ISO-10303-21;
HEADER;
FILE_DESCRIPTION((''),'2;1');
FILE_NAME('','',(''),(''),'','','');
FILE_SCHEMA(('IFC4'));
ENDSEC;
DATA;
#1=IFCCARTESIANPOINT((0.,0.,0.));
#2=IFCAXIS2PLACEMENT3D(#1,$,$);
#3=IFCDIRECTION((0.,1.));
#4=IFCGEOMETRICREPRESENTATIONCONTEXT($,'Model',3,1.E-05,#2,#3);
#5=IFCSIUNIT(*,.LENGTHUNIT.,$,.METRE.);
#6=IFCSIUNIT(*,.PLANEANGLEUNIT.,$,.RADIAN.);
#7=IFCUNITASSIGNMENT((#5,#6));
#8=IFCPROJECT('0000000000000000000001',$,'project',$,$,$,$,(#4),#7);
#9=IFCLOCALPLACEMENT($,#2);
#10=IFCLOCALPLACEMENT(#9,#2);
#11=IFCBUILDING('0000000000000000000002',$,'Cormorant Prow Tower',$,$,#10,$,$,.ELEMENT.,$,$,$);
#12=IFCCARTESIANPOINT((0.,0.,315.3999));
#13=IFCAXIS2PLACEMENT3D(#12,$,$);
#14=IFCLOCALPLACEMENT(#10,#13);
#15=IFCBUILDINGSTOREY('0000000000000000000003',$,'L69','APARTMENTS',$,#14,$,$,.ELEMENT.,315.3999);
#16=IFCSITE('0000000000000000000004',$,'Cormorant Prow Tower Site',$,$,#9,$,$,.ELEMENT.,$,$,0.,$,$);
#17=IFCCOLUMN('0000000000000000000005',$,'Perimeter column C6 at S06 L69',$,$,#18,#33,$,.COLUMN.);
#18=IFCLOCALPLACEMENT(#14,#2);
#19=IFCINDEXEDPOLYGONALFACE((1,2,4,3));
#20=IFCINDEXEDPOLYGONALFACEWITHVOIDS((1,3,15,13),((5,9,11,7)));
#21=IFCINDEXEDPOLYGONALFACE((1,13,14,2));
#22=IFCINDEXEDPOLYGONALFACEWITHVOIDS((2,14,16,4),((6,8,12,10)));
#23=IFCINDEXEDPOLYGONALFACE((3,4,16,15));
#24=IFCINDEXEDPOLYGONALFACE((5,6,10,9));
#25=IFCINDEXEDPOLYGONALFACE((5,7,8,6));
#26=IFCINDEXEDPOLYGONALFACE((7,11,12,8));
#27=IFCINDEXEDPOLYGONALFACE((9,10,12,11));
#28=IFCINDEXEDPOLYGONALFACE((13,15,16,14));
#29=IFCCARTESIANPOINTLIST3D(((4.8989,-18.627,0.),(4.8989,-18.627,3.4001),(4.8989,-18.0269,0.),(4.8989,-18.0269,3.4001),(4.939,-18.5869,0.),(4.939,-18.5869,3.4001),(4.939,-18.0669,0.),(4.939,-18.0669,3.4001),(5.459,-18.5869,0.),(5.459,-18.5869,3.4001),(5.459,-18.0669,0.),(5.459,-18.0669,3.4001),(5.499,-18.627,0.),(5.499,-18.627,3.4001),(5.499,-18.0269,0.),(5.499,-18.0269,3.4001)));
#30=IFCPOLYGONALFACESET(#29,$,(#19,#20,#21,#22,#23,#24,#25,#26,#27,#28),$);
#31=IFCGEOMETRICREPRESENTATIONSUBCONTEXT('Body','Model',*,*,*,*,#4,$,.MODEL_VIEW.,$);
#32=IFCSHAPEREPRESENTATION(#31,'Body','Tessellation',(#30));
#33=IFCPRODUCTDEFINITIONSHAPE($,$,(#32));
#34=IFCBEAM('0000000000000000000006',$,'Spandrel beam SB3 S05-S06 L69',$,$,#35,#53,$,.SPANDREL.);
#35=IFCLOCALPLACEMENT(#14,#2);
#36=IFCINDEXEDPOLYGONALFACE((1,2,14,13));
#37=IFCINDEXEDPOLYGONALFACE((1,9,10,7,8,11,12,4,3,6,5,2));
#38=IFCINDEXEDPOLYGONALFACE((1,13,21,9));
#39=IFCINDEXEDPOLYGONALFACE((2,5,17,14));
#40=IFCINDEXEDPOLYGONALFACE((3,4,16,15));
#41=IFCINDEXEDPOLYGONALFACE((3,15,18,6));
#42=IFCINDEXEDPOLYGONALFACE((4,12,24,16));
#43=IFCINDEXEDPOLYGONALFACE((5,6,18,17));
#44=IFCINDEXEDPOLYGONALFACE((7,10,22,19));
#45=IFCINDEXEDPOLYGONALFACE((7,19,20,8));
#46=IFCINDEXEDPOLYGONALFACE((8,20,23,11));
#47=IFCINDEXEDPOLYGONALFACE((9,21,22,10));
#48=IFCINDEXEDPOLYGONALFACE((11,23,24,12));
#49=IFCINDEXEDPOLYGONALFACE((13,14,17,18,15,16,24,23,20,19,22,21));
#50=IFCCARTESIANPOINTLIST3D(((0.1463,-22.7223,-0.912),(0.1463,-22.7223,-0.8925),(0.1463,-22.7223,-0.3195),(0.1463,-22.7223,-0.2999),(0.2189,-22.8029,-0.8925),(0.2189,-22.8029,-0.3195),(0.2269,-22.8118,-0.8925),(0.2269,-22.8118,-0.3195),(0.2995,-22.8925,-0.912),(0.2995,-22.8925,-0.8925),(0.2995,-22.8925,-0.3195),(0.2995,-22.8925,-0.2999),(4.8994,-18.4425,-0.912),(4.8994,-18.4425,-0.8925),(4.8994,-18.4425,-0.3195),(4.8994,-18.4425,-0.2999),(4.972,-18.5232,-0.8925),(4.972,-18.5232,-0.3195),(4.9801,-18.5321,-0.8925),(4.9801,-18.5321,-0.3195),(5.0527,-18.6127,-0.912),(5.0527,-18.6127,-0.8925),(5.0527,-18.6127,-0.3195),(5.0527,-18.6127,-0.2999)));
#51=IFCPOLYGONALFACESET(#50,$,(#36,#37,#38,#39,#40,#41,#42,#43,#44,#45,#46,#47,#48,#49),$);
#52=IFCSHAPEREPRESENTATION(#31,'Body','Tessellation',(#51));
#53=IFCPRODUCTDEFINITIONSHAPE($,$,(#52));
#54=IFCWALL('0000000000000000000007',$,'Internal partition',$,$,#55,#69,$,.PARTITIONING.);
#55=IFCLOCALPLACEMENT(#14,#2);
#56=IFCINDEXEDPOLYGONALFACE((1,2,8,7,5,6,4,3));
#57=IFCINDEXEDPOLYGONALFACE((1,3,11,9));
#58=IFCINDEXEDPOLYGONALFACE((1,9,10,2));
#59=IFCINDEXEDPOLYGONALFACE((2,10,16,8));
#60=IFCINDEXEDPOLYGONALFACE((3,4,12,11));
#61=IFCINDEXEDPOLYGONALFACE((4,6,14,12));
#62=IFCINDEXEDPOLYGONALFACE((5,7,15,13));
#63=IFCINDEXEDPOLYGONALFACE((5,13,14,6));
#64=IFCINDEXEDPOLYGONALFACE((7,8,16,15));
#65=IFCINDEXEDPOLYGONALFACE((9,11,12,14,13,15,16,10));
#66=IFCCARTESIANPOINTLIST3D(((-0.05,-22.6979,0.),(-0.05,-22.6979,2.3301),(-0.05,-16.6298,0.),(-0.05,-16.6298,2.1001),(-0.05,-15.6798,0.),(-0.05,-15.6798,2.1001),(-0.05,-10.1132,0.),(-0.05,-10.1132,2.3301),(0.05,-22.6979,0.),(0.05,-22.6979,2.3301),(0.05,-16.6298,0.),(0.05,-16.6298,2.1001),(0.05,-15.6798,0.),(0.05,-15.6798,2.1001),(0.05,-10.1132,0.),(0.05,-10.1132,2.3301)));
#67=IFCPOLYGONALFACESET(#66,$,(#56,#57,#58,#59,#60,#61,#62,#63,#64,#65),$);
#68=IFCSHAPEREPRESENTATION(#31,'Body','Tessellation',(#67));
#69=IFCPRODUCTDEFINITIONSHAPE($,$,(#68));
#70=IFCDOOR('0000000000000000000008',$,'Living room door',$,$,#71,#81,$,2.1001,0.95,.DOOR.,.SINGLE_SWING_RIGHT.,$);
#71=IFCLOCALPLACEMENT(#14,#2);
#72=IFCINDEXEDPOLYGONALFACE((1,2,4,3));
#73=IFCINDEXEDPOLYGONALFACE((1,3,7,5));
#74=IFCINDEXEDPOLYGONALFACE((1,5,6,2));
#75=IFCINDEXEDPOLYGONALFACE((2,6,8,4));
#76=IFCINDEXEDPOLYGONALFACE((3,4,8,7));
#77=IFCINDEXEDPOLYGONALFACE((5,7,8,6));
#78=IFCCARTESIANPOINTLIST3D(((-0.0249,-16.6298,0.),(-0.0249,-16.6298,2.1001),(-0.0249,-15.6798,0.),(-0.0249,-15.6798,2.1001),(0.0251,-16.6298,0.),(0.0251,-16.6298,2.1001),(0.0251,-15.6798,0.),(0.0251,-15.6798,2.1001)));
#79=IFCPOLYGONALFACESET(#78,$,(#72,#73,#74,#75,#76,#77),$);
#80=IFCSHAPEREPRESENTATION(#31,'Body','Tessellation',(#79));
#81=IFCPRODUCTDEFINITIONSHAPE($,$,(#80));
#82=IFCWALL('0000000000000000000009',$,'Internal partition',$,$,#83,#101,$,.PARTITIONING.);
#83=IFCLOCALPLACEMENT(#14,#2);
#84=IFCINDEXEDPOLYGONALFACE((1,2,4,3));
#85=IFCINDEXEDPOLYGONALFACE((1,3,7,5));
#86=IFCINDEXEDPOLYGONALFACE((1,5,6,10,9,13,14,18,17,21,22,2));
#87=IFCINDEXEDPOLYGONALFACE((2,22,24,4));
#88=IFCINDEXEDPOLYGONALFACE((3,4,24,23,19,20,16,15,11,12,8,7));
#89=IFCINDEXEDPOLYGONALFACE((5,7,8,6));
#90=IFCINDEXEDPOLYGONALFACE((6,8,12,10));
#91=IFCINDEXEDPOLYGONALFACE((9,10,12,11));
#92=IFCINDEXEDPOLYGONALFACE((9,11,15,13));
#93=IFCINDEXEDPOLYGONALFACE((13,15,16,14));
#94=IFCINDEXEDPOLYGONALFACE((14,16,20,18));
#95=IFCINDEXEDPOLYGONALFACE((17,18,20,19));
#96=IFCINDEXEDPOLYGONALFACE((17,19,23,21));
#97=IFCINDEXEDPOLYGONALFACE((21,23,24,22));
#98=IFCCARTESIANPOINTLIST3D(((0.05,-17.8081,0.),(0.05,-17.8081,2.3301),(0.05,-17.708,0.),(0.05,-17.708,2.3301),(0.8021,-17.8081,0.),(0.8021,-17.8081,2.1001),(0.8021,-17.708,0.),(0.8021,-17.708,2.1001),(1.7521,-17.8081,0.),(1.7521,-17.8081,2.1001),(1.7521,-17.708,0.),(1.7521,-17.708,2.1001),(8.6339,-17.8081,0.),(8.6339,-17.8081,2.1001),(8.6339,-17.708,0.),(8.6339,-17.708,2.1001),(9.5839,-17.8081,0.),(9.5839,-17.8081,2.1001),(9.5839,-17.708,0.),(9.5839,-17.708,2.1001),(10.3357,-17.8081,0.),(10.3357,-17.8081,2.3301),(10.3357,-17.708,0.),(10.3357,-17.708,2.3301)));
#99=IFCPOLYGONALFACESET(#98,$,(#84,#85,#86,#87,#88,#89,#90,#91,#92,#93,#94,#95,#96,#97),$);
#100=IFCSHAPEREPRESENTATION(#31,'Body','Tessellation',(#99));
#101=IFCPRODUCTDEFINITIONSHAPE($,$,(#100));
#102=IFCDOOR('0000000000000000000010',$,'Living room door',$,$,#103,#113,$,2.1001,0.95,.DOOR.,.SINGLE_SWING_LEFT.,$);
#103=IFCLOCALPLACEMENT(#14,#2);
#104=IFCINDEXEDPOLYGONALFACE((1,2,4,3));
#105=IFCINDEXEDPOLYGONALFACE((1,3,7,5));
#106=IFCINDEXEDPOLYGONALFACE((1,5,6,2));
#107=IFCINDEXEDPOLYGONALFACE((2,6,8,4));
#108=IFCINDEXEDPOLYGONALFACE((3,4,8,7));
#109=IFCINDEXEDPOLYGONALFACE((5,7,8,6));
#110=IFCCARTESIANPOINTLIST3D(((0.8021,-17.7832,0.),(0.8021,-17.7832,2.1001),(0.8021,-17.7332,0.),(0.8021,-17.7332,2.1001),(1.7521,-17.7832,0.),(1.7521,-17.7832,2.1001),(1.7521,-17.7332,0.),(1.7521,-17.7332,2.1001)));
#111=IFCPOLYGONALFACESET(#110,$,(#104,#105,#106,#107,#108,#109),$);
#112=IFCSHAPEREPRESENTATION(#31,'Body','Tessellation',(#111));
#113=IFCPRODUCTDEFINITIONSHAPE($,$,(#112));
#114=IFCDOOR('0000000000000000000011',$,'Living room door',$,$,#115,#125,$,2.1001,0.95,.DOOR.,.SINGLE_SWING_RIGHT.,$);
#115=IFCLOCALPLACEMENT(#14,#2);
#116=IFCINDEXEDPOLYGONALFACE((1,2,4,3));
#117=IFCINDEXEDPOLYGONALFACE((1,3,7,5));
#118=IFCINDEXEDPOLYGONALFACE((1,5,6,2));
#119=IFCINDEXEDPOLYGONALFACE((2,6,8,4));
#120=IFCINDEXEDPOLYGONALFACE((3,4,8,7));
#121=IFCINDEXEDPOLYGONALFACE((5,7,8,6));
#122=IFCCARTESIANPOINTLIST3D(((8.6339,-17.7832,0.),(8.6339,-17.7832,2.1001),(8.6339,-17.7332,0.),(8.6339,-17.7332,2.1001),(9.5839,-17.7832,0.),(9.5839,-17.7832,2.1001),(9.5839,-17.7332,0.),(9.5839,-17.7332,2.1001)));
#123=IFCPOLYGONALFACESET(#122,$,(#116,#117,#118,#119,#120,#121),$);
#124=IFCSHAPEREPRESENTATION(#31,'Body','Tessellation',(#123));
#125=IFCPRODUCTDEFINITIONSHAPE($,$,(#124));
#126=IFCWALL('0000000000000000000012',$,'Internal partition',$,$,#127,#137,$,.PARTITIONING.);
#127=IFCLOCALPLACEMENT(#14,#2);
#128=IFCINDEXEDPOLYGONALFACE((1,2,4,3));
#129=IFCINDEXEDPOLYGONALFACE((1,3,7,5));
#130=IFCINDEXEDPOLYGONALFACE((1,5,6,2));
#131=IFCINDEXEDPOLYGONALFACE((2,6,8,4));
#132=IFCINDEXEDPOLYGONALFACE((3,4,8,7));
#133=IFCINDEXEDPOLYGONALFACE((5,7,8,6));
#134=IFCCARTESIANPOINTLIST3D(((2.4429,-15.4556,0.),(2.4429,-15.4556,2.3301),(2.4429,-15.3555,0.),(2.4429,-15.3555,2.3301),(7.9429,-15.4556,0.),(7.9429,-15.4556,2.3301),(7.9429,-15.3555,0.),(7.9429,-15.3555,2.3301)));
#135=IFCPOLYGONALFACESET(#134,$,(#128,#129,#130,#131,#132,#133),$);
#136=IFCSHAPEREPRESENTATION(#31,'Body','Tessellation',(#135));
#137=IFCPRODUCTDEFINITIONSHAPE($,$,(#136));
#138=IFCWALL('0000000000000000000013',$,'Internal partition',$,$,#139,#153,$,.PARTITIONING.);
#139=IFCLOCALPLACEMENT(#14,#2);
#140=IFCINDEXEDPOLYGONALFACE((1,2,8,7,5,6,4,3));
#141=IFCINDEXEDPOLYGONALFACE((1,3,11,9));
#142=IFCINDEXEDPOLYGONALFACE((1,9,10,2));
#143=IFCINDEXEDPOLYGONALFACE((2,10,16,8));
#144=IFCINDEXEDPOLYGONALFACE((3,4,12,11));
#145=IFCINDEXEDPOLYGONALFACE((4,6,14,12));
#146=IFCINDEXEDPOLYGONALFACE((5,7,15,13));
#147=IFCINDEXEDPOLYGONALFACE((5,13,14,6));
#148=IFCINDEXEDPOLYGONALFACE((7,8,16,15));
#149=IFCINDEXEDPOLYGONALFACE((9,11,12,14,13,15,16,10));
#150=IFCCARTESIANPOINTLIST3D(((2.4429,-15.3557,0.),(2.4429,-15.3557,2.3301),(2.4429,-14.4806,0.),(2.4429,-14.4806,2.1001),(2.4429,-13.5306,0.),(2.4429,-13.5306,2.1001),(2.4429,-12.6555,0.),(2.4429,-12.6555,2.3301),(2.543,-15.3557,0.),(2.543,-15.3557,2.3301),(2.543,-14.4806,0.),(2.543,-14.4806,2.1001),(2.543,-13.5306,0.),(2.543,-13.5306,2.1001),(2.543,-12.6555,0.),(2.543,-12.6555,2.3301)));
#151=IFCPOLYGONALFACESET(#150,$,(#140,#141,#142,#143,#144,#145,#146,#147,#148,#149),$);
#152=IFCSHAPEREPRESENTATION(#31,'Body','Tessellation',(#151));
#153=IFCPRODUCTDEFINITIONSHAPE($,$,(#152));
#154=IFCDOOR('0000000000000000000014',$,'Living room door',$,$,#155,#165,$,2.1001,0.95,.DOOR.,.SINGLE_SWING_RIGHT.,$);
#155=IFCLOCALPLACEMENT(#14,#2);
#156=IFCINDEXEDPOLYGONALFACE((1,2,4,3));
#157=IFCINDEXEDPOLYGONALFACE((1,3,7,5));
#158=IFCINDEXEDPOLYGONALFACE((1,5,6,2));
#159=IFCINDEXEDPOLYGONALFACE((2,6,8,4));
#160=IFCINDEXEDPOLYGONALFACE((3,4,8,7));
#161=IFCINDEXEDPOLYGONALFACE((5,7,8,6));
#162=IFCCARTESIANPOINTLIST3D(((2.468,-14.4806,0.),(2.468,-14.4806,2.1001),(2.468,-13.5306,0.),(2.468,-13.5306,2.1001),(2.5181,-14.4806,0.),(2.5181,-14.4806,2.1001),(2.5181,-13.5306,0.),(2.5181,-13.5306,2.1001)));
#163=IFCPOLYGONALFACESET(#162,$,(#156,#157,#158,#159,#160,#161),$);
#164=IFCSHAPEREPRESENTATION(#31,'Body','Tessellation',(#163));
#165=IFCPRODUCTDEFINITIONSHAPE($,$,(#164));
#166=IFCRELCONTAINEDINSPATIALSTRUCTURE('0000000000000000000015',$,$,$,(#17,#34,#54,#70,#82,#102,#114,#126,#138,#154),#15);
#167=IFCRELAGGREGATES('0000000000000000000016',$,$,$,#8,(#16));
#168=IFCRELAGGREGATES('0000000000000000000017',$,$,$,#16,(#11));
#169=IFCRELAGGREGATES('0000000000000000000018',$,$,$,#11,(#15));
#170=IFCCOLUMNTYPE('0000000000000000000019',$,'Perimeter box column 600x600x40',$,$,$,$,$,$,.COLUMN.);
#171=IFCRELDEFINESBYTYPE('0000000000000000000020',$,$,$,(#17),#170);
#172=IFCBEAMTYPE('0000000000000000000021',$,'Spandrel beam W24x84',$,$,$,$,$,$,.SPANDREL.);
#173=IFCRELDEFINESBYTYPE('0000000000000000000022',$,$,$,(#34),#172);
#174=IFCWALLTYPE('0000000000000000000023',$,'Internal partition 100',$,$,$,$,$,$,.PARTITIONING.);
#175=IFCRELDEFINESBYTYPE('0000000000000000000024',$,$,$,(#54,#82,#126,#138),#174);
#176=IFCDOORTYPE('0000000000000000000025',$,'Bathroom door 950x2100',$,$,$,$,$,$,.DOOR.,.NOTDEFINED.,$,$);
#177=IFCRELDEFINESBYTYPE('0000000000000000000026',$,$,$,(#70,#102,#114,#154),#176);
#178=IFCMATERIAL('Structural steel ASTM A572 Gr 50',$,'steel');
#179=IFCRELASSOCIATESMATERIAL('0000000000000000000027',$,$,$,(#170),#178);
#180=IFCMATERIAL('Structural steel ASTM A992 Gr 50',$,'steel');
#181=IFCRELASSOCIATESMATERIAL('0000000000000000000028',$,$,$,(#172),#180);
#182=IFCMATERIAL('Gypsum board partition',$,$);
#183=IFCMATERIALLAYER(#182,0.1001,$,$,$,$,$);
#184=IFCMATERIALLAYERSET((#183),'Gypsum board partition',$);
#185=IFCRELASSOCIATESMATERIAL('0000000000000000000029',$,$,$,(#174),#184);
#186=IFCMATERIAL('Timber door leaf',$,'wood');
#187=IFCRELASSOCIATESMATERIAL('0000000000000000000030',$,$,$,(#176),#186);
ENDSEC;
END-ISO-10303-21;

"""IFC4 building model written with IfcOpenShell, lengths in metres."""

from ifc_helpers import new_model, si_unit, direction, frame, frame_2d, origin, origin_2d, place, context, subcontext, project, spatial, rectangle, hollow_rectangle, i_section, extrude, material, layer, layer_set, material_profile, profile_set, type_object, element, fill, save


model = new_model("IFC4")

# Units and contexts
model_context = context("Model", 3, precision=1e-05, world=origin(), true_north=direction((0.0, 1.0)))
body_context = subcontext(model_context, "Body", "Model", "MODEL_VIEW")
ifc_project = project(units=[si_unit("LENGTHUNIT", "METRE"), si_unit("PLANEANGLEUNIT", "RADIAN")], contexts=[model_context])

# Site, building, storey
site_placement = place(None, origin())
site = spatial("IfcSite", under=ifc_project, at=site_placement, Name="Cormorant Prow Tower Site", CompositionType="ELEMENT", RefElevation=0.0)
building_placement = place(site_placement, origin())
building = spatial("IfcBuilding", under=site, at=building_placement, Name="Cormorant Prow Tower", CompositionType="ELEMENT")
storey_placement = place(building_placement, frame((0.0, 0.0, 315.3999)))
storey = spatial("IfcBuildingStorey", under=building, at=storey_placement, Name="L69", Description="APARTMENTS", CompositionType="ELEMENT", Elevation=315.3999)

# Column
ifc_material_1 = material(Name="Structural steel ASTM A572 Gr 50", Category="steel")
ifc_material_profile_1 = material_profile(ifc_material_1, hollow_rectangle(XDim=0.6001, YDim=0.6001, WallThickness=0.04, at=origin_2d()), Name="Box 600x600x40")
ifc_profile_set_1 = profile_set([ifc_material_profile_1], Name="Structural steel ASTM A572 Gr 50")
column_type = type_object("IfcColumnType", Name="Perimeter box column 600x600x40", PredefinedType="COLUMN", material=ifc_profile_set_1)
column_placement = place(storey_placement, frame((5.199, -18.3269, 0.0), z_axis=(0.0, 0.0, 1.0), x_axis=(1.0, 0.0, 0.0)))
element("IfcColumn", 1, at=column_placement, inside=storey, type_object=column_type, Name="Perimeter column C6 at S06 L69", PredefinedType="COLUMN", context=body_context, shape_type="SweptSolid", body=[
    extrude(hollow_rectangle(XDim=0.6001, YDim=0.6001, WallThickness=0.04, at=origin_2d()), origin(), (0.0, 0.0, 1.0), 3.4001),
])

# Beam
ifc_material_2 = material(Name="Structural steel ASTM A992 Gr 50", Category="steel")
ifc_material_profile_2 = material_profile(ifc_material_2, i_section(OverallWidth=0.229, OverallDepth=0.6121, WebThickness=0.012, FlangeThickness=0.0195, at=origin_2d()), Name="W24x84")
ifc_profile_set_2 = profile_set([ifc_material_profile_2], Name="Structural steel ASTM A992 Gr 50")
beam_type = type_object("IfcBeamType", Name="Spandrel beam W24x84", PredefinedType="SPANDREL", material=ifc_profile_set_2)
beam_placement = place(storey_placement, frame((0.2229, -22.8074, -0.606), z_axis=(0.743144, 0.669131, 0.0), x_axis=(-0.669131, 0.743144, 0.0)))
element("IfcBeam", 2, at=beam_placement, inside=storey, type_object=beam_type, Name="Spandrel beam SB3 S05-S06 L69", PredefinedType="SPANDREL", context=body_context, shape_type="SweptSolid", body=[
    extrude(i_section(OverallWidth=0.229, OverallDepth=0.6121, WebThickness=0.012, FlangeThickness=0.0195, at=origin_2d()), origin(), (0.0, 0.0, 1.0), 6.396),
])

# Wall, opening, door
ifc_material_3 = material(Name="Gypsum board partition")
ifc_layer_1 = layer(ifc_material_3, 0.1001)
ifc_layer_set_1 = layer_set([ifc_layer_1], Name="Gypsum board partition")
wall_type_1 = type_object("IfcWallType", Name="Internal partition 100", PredefinedType="PARTITIONING", material=ifc_layer_set_1)
wall_1_placement = place(storey_placement, frame((0.0, -22.698, 0.0), z_axis=(0.0, 0.0, 1.0), x_axis=(0.0, 1.0, 0.0)))
wall_1 = element("IfcWall", 3, at=wall_1_placement, inside=storey, type_object=wall_type_1, Name="Internal partition", PredefinedType="PARTITIONING", context=body_context, shape_type="SweptSolid", body=[
    extrude(rectangle(XDim=12.5847, YDim=0.1001, at=frame_2d((6.2925, 0.0))), origin(), (0.0, 0.0, 1.0), 2.3301),
])
opening_1_placement = place(wall_1_placement, frame((6.0681, 0.0, 0.0)))
opening_1 = element("IfcOpeningElement", 4, at=opening_1_placement, cuts=wall_1, PredefinedType="OPENING", context=body_context, shape_type="SweptSolid", body=[
    extrude(rectangle(XDim=0.95, YDim=2.1001, at=frame_2d((0.4751, 1.05))), frame((0.0, 0.0601, 0.0), z_axis=(0.0, -1.0, 0.0), x_axis=(1.0, 0.0, 0.0)), (0.0, 0.0, 1.0), 0.1201),
])
ifc_material_4 = material(Name="Timber door leaf", Category="wood")
door_type_1 = type_object("IfcDoorType", Name="Bathroom door 950x2100", OperationType="NOTDEFINED", PredefinedType="DOOR", material=ifc_material_4)
door_1_placement = place(opening_1_placement, origin())
door_1 = element("IfcDoor", 5, at=door_1_placement, inside=storey, type_object=door_type_1, Name="Living room door", OperationType="SINGLE_SWING_RIGHT", OverallHeight=2.1001, OverallWidth=0.95, PredefinedType="DOOR", context=body_context, shape_type="SweptSolid", body=[
    extrude(rectangle(XDim=0.95, YDim=2.1001, at=frame_2d((0.4751, 1.05))), frame((0.0, 0.0249, 0.0), z_axis=(0.0, -1.0, 0.0), x_axis=(1.0, 0.0, 0.0)), (0.0, 0.0, 1.0), 0.05),
])
fill(opening_1, door_1)

# Wall, openings, doors
wall_2_placement = place(storey_placement, frame((0.05, -17.7581, 0.0), z_axis=(0.0, 0.0, 1.0), x_axis=(1.0, 0.0, 0.0)))
wall_2 = element("IfcWall", 6, at=wall_2_placement, inside=storey, type_object=wall_type_1, Name="Internal partition", PredefinedType="PARTITIONING", context=body_context, shape_type="SweptSolid", body=[
    extrude(rectangle(XDim=10.2856, YDim=0.1001, at=frame_2d((5.1428, 0.0))), origin(), (0.0, 0.0, 1.0), 2.3301),
])
opening_2_placement = place(wall_2_placement, frame((0.752, 0.0, 0.0)))
opening_2 = element("IfcOpeningElement", 7, at=opening_2_placement, cuts=wall_2, PredefinedType="OPENING", context=body_context, shape_type="SweptSolid", body=[
    extrude(rectangle(XDim=0.95, YDim=2.1001, at=frame_2d((0.4751, 1.05))), frame((0.0, 0.0601, 0.0), z_axis=(0.0, -1.0, 0.0), x_axis=(1.0, 0.0, 0.0)), (0.0, 0.0, 1.0), 0.1201),
])
opening_3_placement = place(wall_2_placement, frame((8.5837, 0.0, 0.0)))
opening_3 = element("IfcOpeningElement", 8, at=opening_3_placement, cuts=wall_2, PredefinedType="OPENING", context=body_context, shape_type="SweptSolid", body=[
    extrude(rectangle(XDim=0.95, YDim=2.1001, at=frame_2d((0.4751, 1.05))), frame((0.0, 0.0601, 0.0), z_axis=(0.0, -1.0, 0.0), x_axis=(1.0, 0.0, 0.0)), (0.0, 0.0, 1.0), 0.1201),
])
door_2_placement = place(opening_2_placement, origin())
door_2 = element("IfcDoor", 9, at=door_2_placement, inside=storey, type_object=door_type_1, Name="Living room door", OperationType="SINGLE_SWING_LEFT", OverallHeight=2.1001, OverallWidth=0.95, PredefinedType="DOOR", context=body_context, shape_type="SweptSolid", body=[
    extrude(rectangle(XDim=0.95, YDim=2.1001, at=frame_2d((0.4751, 1.05))), frame((0.0, 0.0249, 0.0), z_axis=(0.0, -1.0, 0.0), x_axis=(1.0, 0.0, 0.0)), (0.0, 0.0, 1.0), 0.05),
])
fill(opening_2, door_2)
door_3_placement = place(opening_3_placement, origin())
door_3 = element("IfcDoor", 10, at=door_3_placement, inside=storey, type_object=door_type_1, Name="Living room door", OperationType="SINGLE_SWING_RIGHT", OverallHeight=2.1001, OverallWidth=0.95, PredefinedType="DOOR", context=body_context, shape_type="SweptSolid", body=[
    extrude(rectangle(XDim=0.95, YDim=2.1001, at=frame_2d((0.4751, 1.05))), frame((0.0, 0.0249, 0.0), z_axis=(0.0, -1.0, 0.0), x_axis=(1.0, 0.0, 0.0)), (0.0, 0.0, 1.0), 0.05),
])
fill(opening_3, door_3)

# Wall
wall_3_placement = place(storey_placement, frame((2.4429, -15.4055, 0.0), z_axis=(0.0, 0.0, 1.0), x_axis=(1.0, 0.0, 0.0)))
element("IfcWall", 11, at=wall_3_placement, inside=storey, type_object=wall_type_1, Name="Internal partition", PredefinedType="PARTITIONING", context=body_context, shape_type="SweptSolid", body=[
    extrude(rectangle(XDim=5.5, YDim=0.1001, at=frame_2d((2.75, 0.0))), origin(), (0.0, 0.0, 1.0), 2.3301),
])

# Wall, opening, door
wall_4_placement = place(storey_placement, frame((2.4929, -15.3557, 0.0), z_axis=(0.0, 0.0, 1.0), x_axis=(0.0, 1.0, 0.0)))
wall_4 = element("IfcWall", 12, at=wall_4_placement, inside=storey, type_object=wall_type_1, Name="Internal partition", PredefinedType="PARTITIONING", context=body_context, shape_type="SweptSolid", body=[
    extrude(rectangle(XDim=2.7002, YDim=0.1001, at=frame_2d((1.3501, 0.0))), origin(), (0.0, 0.0, 1.0), 2.3301),
])
opening_4_placement = place(wall_4_placement, frame((0.875, 0.0, 0.0)))
opening_4 = element("IfcOpeningElement", 13, at=opening_4_placement, cuts=wall_4, PredefinedType="OPENING", context=body_context, shape_type="SweptSolid", body=[
    extrude(rectangle(XDim=0.95, YDim=2.1001, at=frame_2d((0.4751, 1.05))), frame((0.0, 0.0601, 0.0), z_axis=(0.0, -1.0, 0.0), x_axis=(1.0, 0.0, 0.0)), (0.0, 0.0, 1.0), 0.1201),
])
door_4_placement = place(opening_4_placement, origin())
door_4 = element("IfcDoor", 14, at=door_4_placement, inside=storey, type_object=door_type_1, Name="Living room door", OperationType="SINGLE_SWING_RIGHT", OverallHeight=2.1001, OverallWidth=0.95, PredefinedType="DOOR", context=body_context, shape_type="SweptSolid", body=[
    extrude(rectangle(XDim=0.95, YDim=2.1001, at=frame_2d((0.4751, 1.05))), frame((0.0, 0.0249, 0.0), z_axis=(0.0, -1.0, 0.0), x_axis=(1.0, 0.0, 0.0)), (0.0, 0.0, 1.0), 0.05),
])
fill(opening_4, door_4)

save(model, "model.ifc")
